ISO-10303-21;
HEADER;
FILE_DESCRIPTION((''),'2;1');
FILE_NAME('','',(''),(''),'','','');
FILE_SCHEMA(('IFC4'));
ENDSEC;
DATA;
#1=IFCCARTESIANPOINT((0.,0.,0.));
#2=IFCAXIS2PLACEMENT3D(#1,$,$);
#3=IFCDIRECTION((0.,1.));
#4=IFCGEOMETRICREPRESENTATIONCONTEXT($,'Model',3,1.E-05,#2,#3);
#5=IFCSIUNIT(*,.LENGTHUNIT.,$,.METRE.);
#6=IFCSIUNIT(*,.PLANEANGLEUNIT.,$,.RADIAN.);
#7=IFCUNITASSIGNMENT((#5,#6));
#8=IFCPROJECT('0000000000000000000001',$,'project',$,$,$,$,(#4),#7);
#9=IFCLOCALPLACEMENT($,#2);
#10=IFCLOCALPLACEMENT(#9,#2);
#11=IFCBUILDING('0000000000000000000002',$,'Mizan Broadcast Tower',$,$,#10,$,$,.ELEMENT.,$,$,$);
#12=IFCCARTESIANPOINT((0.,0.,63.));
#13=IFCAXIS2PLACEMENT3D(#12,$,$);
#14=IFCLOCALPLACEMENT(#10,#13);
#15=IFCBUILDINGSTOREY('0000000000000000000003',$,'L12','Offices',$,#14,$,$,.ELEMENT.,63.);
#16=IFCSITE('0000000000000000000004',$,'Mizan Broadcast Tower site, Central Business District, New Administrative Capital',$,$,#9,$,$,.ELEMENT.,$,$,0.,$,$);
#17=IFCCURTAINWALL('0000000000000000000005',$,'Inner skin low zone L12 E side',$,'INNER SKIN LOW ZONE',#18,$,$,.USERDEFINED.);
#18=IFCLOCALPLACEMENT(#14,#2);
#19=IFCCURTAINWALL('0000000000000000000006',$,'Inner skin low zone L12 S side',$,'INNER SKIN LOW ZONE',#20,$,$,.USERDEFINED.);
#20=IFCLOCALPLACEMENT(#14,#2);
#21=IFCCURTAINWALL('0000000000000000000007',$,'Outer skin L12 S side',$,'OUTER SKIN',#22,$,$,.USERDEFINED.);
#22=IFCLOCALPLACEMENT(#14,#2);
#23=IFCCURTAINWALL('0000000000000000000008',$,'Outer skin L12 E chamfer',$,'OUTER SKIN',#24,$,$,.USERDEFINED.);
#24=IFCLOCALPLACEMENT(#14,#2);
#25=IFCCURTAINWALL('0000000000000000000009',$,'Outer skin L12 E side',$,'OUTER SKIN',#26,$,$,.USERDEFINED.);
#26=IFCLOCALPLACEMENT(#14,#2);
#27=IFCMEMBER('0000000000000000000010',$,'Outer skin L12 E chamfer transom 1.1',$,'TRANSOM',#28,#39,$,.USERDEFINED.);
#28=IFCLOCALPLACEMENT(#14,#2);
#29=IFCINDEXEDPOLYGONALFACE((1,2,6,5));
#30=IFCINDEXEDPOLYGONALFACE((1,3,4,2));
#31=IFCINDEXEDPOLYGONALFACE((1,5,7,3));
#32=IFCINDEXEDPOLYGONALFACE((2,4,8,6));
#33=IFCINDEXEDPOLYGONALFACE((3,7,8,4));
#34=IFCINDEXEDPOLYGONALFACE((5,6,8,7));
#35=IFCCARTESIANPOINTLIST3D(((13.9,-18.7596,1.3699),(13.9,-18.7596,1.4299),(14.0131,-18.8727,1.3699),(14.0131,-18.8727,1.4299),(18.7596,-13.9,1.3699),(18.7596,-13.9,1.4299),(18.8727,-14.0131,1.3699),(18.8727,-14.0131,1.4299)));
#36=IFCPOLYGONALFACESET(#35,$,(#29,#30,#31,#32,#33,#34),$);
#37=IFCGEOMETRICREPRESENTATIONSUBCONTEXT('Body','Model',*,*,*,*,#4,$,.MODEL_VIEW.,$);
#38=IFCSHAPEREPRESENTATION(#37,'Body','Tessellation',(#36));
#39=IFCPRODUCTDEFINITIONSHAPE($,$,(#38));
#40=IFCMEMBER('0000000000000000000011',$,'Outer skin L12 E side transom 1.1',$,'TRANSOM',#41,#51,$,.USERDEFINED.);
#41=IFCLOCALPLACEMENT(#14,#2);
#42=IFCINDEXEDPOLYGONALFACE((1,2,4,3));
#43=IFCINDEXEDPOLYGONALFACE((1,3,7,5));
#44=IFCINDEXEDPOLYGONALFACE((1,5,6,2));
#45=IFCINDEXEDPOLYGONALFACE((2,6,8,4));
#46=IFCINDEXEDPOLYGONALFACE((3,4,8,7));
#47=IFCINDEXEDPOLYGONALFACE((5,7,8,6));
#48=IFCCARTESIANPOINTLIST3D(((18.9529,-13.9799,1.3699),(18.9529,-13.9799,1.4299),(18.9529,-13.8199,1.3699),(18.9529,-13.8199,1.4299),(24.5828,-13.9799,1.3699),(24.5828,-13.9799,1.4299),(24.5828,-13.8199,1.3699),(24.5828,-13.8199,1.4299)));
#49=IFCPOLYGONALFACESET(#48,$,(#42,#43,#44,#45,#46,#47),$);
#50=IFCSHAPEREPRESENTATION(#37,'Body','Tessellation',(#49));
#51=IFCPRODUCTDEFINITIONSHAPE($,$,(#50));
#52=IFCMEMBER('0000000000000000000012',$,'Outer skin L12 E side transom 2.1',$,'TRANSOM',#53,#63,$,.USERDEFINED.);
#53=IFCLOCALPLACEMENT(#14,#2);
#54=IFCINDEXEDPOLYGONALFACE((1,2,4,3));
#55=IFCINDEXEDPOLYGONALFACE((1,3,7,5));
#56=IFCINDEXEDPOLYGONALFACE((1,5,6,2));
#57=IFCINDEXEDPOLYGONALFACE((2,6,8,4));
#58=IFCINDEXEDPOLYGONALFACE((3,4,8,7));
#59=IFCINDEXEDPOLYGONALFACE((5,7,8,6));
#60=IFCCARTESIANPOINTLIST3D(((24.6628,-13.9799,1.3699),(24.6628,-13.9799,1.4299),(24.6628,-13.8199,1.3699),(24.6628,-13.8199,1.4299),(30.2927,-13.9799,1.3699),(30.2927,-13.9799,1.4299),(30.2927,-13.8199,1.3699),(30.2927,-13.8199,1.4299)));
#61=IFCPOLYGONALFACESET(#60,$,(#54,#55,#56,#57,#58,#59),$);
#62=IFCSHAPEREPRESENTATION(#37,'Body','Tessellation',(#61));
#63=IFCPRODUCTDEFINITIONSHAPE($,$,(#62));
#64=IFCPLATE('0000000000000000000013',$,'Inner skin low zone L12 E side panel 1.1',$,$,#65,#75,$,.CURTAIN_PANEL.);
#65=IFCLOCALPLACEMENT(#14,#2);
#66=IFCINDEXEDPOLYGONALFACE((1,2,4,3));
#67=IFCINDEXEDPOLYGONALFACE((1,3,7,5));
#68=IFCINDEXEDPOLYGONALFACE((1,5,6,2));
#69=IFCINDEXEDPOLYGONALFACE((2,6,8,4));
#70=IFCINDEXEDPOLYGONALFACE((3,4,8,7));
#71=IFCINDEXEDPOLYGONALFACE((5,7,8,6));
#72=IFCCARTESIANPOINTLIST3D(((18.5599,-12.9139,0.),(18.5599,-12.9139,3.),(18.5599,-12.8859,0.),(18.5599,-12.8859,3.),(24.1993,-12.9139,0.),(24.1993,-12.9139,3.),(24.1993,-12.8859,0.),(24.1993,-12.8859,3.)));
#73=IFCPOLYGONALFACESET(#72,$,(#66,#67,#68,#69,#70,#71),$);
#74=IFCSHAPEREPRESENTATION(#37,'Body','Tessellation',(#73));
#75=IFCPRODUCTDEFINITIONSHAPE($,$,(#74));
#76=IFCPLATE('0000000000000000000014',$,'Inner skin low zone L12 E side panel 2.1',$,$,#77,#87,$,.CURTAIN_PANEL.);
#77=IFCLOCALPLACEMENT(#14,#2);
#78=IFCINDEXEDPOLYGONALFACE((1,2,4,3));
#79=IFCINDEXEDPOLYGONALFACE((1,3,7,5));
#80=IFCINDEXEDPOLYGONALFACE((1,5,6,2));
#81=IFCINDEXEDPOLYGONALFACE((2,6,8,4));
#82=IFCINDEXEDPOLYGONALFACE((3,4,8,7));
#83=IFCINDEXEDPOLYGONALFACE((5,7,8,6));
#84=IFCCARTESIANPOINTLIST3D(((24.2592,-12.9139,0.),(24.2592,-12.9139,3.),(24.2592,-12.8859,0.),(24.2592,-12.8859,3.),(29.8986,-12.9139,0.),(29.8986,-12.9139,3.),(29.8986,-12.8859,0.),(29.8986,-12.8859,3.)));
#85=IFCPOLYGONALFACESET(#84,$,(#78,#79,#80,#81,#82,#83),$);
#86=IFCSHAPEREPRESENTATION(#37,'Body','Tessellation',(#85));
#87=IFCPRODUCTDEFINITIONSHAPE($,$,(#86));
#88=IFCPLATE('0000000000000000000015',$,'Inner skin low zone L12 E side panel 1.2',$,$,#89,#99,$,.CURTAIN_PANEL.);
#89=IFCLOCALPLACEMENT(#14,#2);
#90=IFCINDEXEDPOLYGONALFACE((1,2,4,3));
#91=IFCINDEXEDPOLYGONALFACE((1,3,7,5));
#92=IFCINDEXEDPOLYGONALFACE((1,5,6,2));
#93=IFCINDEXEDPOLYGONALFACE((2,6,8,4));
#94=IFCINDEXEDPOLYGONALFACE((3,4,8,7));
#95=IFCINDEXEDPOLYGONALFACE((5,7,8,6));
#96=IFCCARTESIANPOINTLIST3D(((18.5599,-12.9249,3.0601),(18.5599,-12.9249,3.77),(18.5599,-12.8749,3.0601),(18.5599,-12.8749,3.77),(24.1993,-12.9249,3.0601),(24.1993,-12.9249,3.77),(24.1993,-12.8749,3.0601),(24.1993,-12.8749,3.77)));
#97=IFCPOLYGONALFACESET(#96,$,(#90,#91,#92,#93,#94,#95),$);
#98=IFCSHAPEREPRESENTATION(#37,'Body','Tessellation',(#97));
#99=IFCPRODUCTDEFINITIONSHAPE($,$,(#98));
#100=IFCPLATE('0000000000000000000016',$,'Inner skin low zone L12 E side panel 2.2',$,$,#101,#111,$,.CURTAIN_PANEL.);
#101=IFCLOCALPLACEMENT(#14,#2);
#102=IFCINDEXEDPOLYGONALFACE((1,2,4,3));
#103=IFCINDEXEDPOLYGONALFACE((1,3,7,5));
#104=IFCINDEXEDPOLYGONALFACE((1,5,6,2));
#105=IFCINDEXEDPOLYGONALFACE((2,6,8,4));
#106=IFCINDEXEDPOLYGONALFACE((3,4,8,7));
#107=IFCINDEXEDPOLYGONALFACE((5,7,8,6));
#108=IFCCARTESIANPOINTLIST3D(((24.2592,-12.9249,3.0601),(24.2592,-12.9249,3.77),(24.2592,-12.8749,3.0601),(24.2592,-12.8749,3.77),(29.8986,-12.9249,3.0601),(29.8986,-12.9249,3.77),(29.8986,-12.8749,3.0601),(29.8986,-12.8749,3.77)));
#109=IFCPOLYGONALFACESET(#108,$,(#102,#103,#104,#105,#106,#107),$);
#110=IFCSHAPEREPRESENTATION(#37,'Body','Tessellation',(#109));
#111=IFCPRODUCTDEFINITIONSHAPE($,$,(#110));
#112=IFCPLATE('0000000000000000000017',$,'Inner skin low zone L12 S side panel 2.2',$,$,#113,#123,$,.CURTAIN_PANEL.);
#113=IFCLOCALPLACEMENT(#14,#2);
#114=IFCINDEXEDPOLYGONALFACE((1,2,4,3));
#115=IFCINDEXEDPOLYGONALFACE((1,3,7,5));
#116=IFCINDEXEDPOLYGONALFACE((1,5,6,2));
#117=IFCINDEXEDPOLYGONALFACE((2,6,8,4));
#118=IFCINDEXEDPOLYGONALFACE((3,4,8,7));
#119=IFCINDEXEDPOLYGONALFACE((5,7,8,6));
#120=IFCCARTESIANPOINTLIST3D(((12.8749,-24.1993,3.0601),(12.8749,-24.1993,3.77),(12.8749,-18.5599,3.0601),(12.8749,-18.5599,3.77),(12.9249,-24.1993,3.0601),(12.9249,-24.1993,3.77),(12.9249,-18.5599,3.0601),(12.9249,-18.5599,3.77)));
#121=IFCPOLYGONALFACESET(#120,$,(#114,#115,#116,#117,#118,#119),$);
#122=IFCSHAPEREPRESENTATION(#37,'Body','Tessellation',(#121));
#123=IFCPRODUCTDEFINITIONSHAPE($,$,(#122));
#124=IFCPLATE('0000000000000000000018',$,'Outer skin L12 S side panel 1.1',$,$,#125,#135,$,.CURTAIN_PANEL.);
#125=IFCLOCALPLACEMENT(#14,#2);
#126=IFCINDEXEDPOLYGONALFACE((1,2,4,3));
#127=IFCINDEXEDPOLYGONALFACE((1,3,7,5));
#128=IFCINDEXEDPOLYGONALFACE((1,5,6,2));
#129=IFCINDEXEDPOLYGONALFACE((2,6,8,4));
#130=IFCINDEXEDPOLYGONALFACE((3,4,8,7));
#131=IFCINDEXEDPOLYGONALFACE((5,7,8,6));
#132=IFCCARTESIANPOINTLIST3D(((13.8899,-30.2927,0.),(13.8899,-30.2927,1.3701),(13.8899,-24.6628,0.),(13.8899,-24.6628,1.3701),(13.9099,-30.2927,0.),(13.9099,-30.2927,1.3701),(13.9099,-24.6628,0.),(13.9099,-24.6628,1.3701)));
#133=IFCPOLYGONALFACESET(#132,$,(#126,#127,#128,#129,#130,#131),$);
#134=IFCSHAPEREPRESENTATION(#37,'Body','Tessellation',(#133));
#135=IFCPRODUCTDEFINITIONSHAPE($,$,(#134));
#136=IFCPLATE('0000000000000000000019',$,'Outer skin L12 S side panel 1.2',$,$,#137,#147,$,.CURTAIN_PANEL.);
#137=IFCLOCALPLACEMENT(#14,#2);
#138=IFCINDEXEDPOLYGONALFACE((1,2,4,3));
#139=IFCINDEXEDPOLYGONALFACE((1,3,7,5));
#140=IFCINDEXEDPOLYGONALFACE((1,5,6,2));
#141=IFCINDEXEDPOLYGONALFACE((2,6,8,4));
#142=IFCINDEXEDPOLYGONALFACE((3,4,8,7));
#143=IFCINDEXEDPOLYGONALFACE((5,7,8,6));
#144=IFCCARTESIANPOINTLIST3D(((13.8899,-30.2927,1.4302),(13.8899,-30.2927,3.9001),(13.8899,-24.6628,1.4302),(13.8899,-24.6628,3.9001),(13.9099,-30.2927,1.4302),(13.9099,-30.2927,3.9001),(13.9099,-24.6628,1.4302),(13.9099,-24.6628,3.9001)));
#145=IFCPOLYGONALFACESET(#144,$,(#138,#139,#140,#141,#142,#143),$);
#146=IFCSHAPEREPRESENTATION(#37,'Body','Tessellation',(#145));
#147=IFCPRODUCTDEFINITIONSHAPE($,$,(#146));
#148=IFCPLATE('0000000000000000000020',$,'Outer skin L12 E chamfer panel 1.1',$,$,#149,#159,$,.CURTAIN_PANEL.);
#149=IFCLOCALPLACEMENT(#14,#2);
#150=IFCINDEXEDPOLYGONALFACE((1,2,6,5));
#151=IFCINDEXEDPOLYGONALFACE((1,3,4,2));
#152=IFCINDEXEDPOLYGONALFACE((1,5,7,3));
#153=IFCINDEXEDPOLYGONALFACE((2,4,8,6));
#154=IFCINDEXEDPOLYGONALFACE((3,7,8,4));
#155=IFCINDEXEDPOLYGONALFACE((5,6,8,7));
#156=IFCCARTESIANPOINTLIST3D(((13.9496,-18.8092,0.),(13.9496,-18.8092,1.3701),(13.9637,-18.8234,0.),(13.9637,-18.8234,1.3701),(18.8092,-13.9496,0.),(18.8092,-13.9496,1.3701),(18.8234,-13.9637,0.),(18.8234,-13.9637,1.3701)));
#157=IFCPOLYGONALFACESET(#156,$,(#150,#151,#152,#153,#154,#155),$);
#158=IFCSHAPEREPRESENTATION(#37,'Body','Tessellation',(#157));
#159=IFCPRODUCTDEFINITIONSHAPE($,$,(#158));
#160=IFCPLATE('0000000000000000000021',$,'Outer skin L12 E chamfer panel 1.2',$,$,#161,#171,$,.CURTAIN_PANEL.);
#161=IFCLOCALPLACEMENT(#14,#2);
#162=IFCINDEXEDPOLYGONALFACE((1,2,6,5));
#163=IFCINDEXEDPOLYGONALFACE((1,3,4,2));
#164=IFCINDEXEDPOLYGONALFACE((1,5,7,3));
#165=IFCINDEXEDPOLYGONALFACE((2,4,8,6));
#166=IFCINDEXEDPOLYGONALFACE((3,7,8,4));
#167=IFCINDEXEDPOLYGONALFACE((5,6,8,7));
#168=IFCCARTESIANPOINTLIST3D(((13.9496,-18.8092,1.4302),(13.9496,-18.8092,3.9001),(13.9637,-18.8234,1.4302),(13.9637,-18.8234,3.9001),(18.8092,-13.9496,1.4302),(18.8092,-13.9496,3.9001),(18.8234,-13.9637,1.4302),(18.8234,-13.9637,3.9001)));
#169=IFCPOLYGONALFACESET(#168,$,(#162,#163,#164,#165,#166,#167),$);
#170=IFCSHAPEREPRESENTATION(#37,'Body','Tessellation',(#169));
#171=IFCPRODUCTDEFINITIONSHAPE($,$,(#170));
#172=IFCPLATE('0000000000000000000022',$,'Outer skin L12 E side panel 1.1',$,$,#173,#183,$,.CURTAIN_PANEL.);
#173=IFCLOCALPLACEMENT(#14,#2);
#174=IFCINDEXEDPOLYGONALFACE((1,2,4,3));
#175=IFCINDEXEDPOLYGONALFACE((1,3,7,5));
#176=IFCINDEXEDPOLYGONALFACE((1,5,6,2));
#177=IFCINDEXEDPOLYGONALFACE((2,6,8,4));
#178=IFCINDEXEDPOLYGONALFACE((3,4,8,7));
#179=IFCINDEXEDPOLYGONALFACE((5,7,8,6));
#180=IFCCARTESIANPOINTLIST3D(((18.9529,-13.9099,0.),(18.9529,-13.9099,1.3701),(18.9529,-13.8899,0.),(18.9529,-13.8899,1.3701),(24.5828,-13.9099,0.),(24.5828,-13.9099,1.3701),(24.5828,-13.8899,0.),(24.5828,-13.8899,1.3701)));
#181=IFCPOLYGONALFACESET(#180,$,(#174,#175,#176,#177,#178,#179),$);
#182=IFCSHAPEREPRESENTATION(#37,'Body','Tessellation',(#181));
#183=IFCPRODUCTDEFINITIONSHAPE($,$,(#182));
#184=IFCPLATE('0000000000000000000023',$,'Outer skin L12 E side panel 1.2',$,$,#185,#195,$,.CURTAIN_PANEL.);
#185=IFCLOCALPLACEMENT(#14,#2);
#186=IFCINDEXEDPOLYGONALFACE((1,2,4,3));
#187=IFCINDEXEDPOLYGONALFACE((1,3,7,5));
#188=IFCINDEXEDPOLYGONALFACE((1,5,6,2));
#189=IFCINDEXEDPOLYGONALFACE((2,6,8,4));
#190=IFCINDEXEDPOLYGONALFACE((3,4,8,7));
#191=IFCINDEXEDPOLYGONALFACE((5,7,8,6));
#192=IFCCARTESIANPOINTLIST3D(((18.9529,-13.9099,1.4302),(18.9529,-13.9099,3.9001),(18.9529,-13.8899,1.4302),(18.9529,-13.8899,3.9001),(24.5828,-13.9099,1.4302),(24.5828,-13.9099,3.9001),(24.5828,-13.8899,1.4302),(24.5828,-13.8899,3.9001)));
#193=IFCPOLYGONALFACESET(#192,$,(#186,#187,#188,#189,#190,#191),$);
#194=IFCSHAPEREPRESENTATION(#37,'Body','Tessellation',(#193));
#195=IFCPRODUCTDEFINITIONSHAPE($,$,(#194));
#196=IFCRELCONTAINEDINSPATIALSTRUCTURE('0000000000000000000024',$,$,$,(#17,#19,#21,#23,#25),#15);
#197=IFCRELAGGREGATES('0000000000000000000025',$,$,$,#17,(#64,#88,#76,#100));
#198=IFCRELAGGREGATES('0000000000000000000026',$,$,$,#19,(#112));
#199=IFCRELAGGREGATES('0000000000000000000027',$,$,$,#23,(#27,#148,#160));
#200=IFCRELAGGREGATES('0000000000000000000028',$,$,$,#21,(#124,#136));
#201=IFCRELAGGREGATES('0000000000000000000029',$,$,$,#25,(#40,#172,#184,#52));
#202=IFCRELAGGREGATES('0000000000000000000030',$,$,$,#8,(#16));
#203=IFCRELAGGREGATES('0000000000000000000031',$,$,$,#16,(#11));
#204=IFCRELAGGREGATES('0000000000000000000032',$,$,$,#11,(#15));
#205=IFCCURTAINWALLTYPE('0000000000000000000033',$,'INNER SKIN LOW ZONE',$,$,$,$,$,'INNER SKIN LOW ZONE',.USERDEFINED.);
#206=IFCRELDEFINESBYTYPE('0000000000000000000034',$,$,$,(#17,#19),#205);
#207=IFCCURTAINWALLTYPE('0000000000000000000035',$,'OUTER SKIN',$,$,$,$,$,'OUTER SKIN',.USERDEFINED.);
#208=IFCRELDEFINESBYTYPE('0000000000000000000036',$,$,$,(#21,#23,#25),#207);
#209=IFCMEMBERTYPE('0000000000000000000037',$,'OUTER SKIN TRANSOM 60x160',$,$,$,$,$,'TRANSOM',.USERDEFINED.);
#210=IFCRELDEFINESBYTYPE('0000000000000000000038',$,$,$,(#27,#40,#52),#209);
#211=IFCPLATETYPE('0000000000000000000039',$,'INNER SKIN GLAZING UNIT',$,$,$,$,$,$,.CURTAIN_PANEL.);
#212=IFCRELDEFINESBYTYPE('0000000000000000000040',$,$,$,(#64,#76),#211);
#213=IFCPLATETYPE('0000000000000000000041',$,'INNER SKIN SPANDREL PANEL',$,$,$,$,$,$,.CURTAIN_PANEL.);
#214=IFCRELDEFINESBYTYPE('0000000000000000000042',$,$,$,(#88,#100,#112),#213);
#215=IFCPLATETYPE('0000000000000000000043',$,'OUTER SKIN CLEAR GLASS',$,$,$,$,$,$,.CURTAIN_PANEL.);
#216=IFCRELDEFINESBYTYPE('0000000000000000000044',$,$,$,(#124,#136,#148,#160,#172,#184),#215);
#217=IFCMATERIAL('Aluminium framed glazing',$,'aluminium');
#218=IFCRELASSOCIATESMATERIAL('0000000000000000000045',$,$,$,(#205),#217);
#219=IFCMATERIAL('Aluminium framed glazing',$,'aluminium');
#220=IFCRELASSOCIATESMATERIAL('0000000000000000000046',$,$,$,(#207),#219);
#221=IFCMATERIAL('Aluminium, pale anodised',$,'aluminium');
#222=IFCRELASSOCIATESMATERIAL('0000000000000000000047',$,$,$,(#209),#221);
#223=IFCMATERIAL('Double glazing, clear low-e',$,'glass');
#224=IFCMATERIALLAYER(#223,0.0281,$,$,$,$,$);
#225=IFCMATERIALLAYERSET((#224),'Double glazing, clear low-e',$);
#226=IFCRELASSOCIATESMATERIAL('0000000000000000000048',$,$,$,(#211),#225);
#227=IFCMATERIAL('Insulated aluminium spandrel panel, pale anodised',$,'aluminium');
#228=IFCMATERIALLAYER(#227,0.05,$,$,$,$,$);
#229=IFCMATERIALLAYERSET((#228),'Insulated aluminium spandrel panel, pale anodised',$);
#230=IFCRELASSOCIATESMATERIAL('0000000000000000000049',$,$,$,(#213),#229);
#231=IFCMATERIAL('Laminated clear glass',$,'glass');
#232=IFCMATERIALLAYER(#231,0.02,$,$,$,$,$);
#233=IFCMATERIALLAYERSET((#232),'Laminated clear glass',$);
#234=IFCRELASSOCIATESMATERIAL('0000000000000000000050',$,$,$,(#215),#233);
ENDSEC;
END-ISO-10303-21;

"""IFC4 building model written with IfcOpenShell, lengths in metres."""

from ifc_helpers import new_model, si_unit, direction, frame, origin, origin_2d, place, context, subcontext, project, spatial, rectangle, extrude, material, layer, layer_set, material_profile, profile_set, type_object, element, aggregate, save


model = new_model("IFC4")

# Units and contexts
model_context = context("Model", 3, precision=1e-05, world=origin(), true_north=direction((0.0, 1.0)))
body_context = subcontext(model_context, "Body", "Model", "MODEL_VIEW")
ifc_project = project(units=[si_unit("LENGTHUNIT", "METRE"), si_unit("PLANEANGLEUNIT", "RADIAN")], contexts=[model_context])

# Site, building, storey
site_placement = place(None, origin())
site = spatial("IfcSite", under=ifc_project, at=site_placement, Name="Mizan Broadcast Tower site, Central Business District, New Administrative Capital", CompositionType="ELEMENT", RefElevation=0.0)
building_placement = place(site_placement, origin())
building = spatial("IfcBuilding", under=site, at=building_placement, Name="Mizan Broadcast Tower", CompositionType="ELEMENT")
storey_placement = place(building_placement, frame((0.0, 0.0, 63.0)))
storey = spatial("IfcBuildingStorey", under=building, at=storey_placement, Name="L12", Description="Offices", CompositionType="ELEMENT", Elevation=63.0)

# Curtain wall
ifc_material_1 = material(Name="Aluminium framed glazing", Category="aluminium")
curtain_wall_type_1 = type_object("IfcCurtainWallType", Name="INNER SKIN LOW ZONE", ElementType="INNER SKIN LOW ZONE", PredefinedType="USERDEFINED", material=ifc_material_1)
curtain_wall_1_placement = place(storey_placement, origin())
curtain_wall_1 = element("IfcCurtainWall", 1, at=curtain_wall_1_placement, inside=storey, type_object=curtain_wall_type_1, Name="Inner skin low zone L12 E side", ObjectType="INNER SKIN LOW ZONE", PredefinedType="USERDEFINED")

# Curtain wall
curtain_wall_2_placement = place(storey_placement, origin())
curtain_wall_2 = element("IfcCurtainWall", 2, at=curtain_wall_2_placement, inside=storey, type_object=curtain_wall_type_1, Name="Inner skin low zone L12 S side", ObjectType="INNER SKIN LOW ZONE", PredefinedType="USERDEFINED")

# Shared definitions
ifc_material_2 = material(Name="Aluminium framed glazing", Category="aluminium")
curtain_wall_type_2 = type_object("IfcCurtainWallType", Name="OUTER SKIN", ElementType="OUTER SKIN", PredefinedType="USERDEFINED", material=ifc_material_2)

# Curtain wall
curtain_wall_3_placement = place(storey_placement, origin())
curtain_wall_3 = element("IfcCurtainWall", 3, at=curtain_wall_3_placement, inside=storey, type_object=curtain_wall_type_2, Name="Outer skin L12 S side", ObjectType="OUTER SKIN", PredefinedType="USERDEFINED")

# Curtain wall
curtain_wall_4_placement = place(storey_placement, origin())
curtain_wall_4 = element("IfcCurtainWall", 4, at=curtain_wall_4_placement, inside=storey, type_object=curtain_wall_type_2, Name="Outer skin L12 E chamfer", ObjectType="OUTER SKIN", PredefinedType="USERDEFINED")

# Curtain wall
curtain_wall_5_placement = place(storey_placement, origin())
curtain_wall_5 = element("IfcCurtainWall", 5, at=curtain_wall_5_placement, inside=storey, type_object=curtain_wall_type_2, Name="Outer skin L12 E side", ObjectType="OUTER SKIN", PredefinedType="USERDEFINED")

# Shared definitions
ifc_material_3 = material(Name="Aluminium, pale anodised", Category="aluminium")
ifc_material_profile_1 = material_profile(ifc_material_3, rectangle(XDim=0.1599, YDim=0.0601, at=origin_2d()), Name="TRANSOM 160x60")
ifc_profile_set_1 = profile_set([ifc_material_profile_1], Name="Aluminium, pale anodised")
member_type_1 = type_object("IfcMemberType", Name="OUTER SKIN TRANSOM 60x160", ElementType="TRANSOM", PredefinedType="USERDEFINED", material=ifc_profile_set_1)

# Members
member_1_placement = place(storey_placement, frame((13.9565, -18.8162, 1.3999), z_axis=(0.707107, 0.707107, 0.0), x_axis=(-0.707107, 0.707107, 0.0)))
member_1 = element("IfcMember", 6, at=member_1_placement, type_object=member_type_1, Name="Outer skin L12 E chamfer transom 1.1", ObjectType="TRANSOM", PredefinedType="USERDEFINED", context=body_context, shape_type="SweptSolid", body=[
    extrude(rectangle(XDim=0.1599, YDim=0.0601, at=origin_2d()), origin(), (0.0, 0.0, 1.0), 6.8726),
])
member_2_placement = place(storey_placement, frame((18.9529, -13.8999, 1.3999), z_axis=(1.0, 0.0, 0.0), x_axis=(0.0, 1.0, 0.0)))
member_2 = element("IfcMember", 7, at=member_2_placement, type_object=member_type_1, Name="Outer skin L12 E side transom 1.1", ObjectType="TRANSOM", PredefinedType="USERDEFINED", context=body_context, shape_type="SweptSolid", body=[
    extrude(rectangle(XDim=0.1599, YDim=0.0601, at=origin_2d()), origin(), (0.0, 0.0, 1.0), 5.6299),
])
member_3_placement = place(storey_placement, frame((24.6628, -13.8999, 1.3999), z_axis=(1.0, 0.0, 0.0), x_axis=(0.0, 1.0, 0.0)))
member_3 = element("IfcMember", 8, at=member_3_placement, type_object=member_type_1, Name="Outer skin L12 E side transom 2.1", ObjectType="TRANSOM", PredefinedType="USERDEFINED", context=body_context, shape_type="SweptSolid", body=[
    extrude(rectangle(XDim=0.1599, YDim=0.0601, at=origin_2d()), origin(), (0.0, 0.0, 1.0), 5.6299),
])

# Plates
ifc_material_4 = material(Name="Double glazing, clear low-e", Category="glass")
ifc_layer_1 = layer(ifc_material_4, 0.0281)
ifc_layer_set_1 = layer_set([ifc_layer_1], Name="Double glazing, clear low-e")
plate_type_1 = type_object("IfcPlateType", Name="INNER SKIN GLAZING UNIT", PredefinedType="CURTAIN_PANEL", material=ifc_layer_set_1)
plate_1_placement = place(storey_placement, frame((21.3796, -12.8999, 0.0), z_axis=(0.0, 0.0, 1.0), x_axis=(1.0, 0.0, 0.0)))
plate_1 = element("IfcPlate", 9, at=plate_1_placement, type_object=plate_type_1, Name="Inner skin low zone L12 E side panel 1.1", PredefinedType="CURTAIN_PANEL", context=body_context, shape_type="SweptSolid", body=[
    extrude(rectangle(XDim=5.6394, YDim=0.0281, at=origin_2d()), origin(), (0.0, 0.0, 1.0), 3.0),
])
plate_2_placement = place(storey_placement, frame((27.0789, -12.8999, 0.0), z_axis=(0.0, 0.0, 1.0), x_axis=(1.0, 0.0, 0.0)))
plate_2 = element("IfcPlate", 10, at=plate_2_placement, type_object=plate_type_1, Name="Inner skin low zone L12 E side panel 2.1", PredefinedType="CURTAIN_PANEL", context=body_context, shape_type="SweptSolid", body=[
    extrude(rectangle(XDim=5.6394, YDim=0.0281, at=origin_2d()), origin(), (0.0, 0.0, 1.0), 3.0),
])
ifc_material_5 = material(Name="Insulated aluminium spandrel panel, pale anodised", Category="aluminium")
ifc_layer_2 = layer(ifc_material_5, 0.05)
ifc_layer_set_2 = layer_set([ifc_layer_2], Name="Insulated aluminium spandrel panel, pale anodised")
plate_type_2 = type_object("IfcPlateType", Name="INNER SKIN SPANDREL PANEL", PredefinedType="CURTAIN_PANEL", material=ifc_layer_set_2)
plate_3_placement = place(storey_placement, frame((21.3796, -12.8999, 3.0601), z_axis=(0.0, 0.0, 1.0), x_axis=(1.0, 0.0, 0.0)))
plate_3 = element("IfcPlate", 11, at=plate_3_placement, type_object=plate_type_2, Name="Inner skin low zone L12 E side panel 1.2", PredefinedType="CURTAIN_PANEL", context=body_context, shape_type="SweptSolid", body=[
    extrude(rectangle(XDim=5.6394, YDim=0.05, at=origin_2d()), origin(), (0.0, 0.0, 1.0), 0.71),
])
plate_4_placement = place(storey_placement, frame((27.0789, -12.8999, 3.0601), z_axis=(0.0, 0.0, 1.0), x_axis=(1.0, 0.0, 0.0)))
plate_4 = element("IfcPlate", 12, at=plate_4_placement, type_object=plate_type_2, Name="Inner skin low zone L12 E side panel 2.2", PredefinedType="CURTAIN_PANEL", context=body_context, shape_type="SweptSolid", body=[
    extrude(rectangle(XDim=5.6394, YDim=0.05, at=origin_2d()), origin(), (0.0, 0.0, 1.0), 0.71),
])
aggregate(curtain_wall_1, [plate_1, plate_3, plate_2, plate_4])
plate_5_placement = place(storey_placement, frame((12.8999, -21.3796, 3.0601), z_axis=(0.0, 0.0, 1.0), x_axis=(0.0, 1.0, 0.0)))
plate_5 = element("IfcPlate", 13, at=plate_5_placement, type_object=plate_type_2, Name="Inner skin low zone L12 S side panel 2.2", PredefinedType="CURTAIN_PANEL", context=body_context, shape_type="SweptSolid", body=[
    extrude(rectangle(XDim=5.6394, YDim=0.05, at=origin_2d()), origin(), (0.0, 0.0, 1.0), 0.71),
])
aggregate(curtain_wall_2, [plate_5])
ifc_material_6 = material(Name="Laminated clear glass", Category="glass")
ifc_layer_3 = layer(ifc_material_6, 0.02)
ifc_layer_set_3 = layer_set([ifc_layer_3], Name="Laminated clear glass")
plate_type_3 = type_object("IfcPlateType", Name="OUTER SKIN CLEAR GLASS", PredefinedType="CURTAIN_PANEL", material=ifc_layer_set_3)
plate_6_placement = place(storey_placement, frame((13.8999, -27.4778, 0.0), z_axis=(0.0, 0.0, 1.0), x_axis=(0.0, 1.0, 0.0)))
plate_6 = element("IfcPlate", 14, at=plate_6_placement, type_object=plate_type_3, Name="Outer skin L12 S side panel 1.1", PredefinedType="CURTAIN_PANEL", context=body_context, shape_type="SweptSolid", body=[
    extrude(rectangle(XDim=5.6299, YDim=0.02, at=origin_2d()), origin(), (0.0, 0.0, 1.0), 1.3701),
])
plate_7_placement = place(storey_placement, frame((13.8999, -27.4778, 1.4302), z_axis=(0.0, 0.0, 1.0), x_axis=(0.0, 1.0, 0.0)))
plate_7 = element("IfcPlate", 15, at=plate_7_placement, type_object=plate_type_3, Name="Outer skin L12 S side panel 1.2", PredefinedType="CURTAIN_PANEL", context=body_context, shape_type="SweptSolid", body=[
    extrude(rectangle(XDim=5.6299, YDim=0.02, at=origin_2d()), origin(), (0.0, 0.0, 1.0), 2.47),
])
plate_8_placement = place(storey_placement, frame((16.3865, -16.3865, 0.0), z_axis=(0.0, 0.0, 1.0), x_axis=(0.707107, 0.707107, 0.0)))
plate_8 = element("IfcPlate", 16, at=plate_8_placement, type_object=plate_type_3, Name="Outer skin L12 E chamfer panel 1.1", PredefinedType="CURTAIN_PANEL", context=body_context, shape_type="SweptSolid", body=[
    extrude(rectangle(XDim=6.8726, YDim=0.02, at=origin_2d()), origin(), (0.0, 0.0, 1.0), 1.3701),
])
plate_9_placement = place(storey_placement, frame((16.3865, -16.3865, 1.4302), z_axis=(0.0, 0.0, 1.0), x_axis=(0.707107, 0.707107, 0.0)))
plate_9 = element("IfcPlate", 17, at=plate_9_placement, type_object=plate_type_3, Name="Outer skin L12 E chamfer panel 1.2", PredefinedType="CURTAIN_PANEL", context=body_context, shape_type="SweptSolid", body=[
    extrude(rectangle(XDim=6.8726, YDim=0.02, at=origin_2d()), origin(), (0.0, 0.0, 1.0), 2.47),
])
aggregate(curtain_wall_4, [member_1, plate_8, plate_9])
plate_10_placement = place(storey_placement, frame((21.7678, -13.8999, 0.0), z_axis=(0.0, 0.0, 1.0), x_axis=(1.0, 0.0, 0.0)))
plate_10 = element("IfcPlate", 18, at=plate_10_placement, type_object=plate_type_3, Name="Outer skin L12 E side panel 1.1", PredefinedType="CURTAIN_PANEL", context=body_context, shape_type="SweptSolid", body=[
    extrude(rectangle(XDim=5.6299, YDim=0.02, at=origin_2d()), origin(), (0.0, 0.0, 1.0), 1.3701),
])
plate_11_placement = place(storey_placement, frame((21.7678, -13.8999, 1.4302), z_axis=(0.0, 0.0, 1.0), x_axis=(1.0, 0.0, 0.0)))
plate_11 = element("IfcPlate", 19, at=plate_11_placement, type_object=plate_type_3, Name="Outer skin L12 E side panel 1.2", PredefinedType="CURTAIN_PANEL", context=body_context, shape_type="SweptSolid", body=[
    extrude(rectangle(XDim=5.6299, YDim=0.02, at=origin_2d()), origin(), (0.0, 0.0, 1.0), 2.47),
])
aggregate(curtain_wall_3, [plate_6, plate_7])
aggregate(curtain_wall_5, [member_2, plate_10, plate_11, member_3])

save(model, "model.ifc")
